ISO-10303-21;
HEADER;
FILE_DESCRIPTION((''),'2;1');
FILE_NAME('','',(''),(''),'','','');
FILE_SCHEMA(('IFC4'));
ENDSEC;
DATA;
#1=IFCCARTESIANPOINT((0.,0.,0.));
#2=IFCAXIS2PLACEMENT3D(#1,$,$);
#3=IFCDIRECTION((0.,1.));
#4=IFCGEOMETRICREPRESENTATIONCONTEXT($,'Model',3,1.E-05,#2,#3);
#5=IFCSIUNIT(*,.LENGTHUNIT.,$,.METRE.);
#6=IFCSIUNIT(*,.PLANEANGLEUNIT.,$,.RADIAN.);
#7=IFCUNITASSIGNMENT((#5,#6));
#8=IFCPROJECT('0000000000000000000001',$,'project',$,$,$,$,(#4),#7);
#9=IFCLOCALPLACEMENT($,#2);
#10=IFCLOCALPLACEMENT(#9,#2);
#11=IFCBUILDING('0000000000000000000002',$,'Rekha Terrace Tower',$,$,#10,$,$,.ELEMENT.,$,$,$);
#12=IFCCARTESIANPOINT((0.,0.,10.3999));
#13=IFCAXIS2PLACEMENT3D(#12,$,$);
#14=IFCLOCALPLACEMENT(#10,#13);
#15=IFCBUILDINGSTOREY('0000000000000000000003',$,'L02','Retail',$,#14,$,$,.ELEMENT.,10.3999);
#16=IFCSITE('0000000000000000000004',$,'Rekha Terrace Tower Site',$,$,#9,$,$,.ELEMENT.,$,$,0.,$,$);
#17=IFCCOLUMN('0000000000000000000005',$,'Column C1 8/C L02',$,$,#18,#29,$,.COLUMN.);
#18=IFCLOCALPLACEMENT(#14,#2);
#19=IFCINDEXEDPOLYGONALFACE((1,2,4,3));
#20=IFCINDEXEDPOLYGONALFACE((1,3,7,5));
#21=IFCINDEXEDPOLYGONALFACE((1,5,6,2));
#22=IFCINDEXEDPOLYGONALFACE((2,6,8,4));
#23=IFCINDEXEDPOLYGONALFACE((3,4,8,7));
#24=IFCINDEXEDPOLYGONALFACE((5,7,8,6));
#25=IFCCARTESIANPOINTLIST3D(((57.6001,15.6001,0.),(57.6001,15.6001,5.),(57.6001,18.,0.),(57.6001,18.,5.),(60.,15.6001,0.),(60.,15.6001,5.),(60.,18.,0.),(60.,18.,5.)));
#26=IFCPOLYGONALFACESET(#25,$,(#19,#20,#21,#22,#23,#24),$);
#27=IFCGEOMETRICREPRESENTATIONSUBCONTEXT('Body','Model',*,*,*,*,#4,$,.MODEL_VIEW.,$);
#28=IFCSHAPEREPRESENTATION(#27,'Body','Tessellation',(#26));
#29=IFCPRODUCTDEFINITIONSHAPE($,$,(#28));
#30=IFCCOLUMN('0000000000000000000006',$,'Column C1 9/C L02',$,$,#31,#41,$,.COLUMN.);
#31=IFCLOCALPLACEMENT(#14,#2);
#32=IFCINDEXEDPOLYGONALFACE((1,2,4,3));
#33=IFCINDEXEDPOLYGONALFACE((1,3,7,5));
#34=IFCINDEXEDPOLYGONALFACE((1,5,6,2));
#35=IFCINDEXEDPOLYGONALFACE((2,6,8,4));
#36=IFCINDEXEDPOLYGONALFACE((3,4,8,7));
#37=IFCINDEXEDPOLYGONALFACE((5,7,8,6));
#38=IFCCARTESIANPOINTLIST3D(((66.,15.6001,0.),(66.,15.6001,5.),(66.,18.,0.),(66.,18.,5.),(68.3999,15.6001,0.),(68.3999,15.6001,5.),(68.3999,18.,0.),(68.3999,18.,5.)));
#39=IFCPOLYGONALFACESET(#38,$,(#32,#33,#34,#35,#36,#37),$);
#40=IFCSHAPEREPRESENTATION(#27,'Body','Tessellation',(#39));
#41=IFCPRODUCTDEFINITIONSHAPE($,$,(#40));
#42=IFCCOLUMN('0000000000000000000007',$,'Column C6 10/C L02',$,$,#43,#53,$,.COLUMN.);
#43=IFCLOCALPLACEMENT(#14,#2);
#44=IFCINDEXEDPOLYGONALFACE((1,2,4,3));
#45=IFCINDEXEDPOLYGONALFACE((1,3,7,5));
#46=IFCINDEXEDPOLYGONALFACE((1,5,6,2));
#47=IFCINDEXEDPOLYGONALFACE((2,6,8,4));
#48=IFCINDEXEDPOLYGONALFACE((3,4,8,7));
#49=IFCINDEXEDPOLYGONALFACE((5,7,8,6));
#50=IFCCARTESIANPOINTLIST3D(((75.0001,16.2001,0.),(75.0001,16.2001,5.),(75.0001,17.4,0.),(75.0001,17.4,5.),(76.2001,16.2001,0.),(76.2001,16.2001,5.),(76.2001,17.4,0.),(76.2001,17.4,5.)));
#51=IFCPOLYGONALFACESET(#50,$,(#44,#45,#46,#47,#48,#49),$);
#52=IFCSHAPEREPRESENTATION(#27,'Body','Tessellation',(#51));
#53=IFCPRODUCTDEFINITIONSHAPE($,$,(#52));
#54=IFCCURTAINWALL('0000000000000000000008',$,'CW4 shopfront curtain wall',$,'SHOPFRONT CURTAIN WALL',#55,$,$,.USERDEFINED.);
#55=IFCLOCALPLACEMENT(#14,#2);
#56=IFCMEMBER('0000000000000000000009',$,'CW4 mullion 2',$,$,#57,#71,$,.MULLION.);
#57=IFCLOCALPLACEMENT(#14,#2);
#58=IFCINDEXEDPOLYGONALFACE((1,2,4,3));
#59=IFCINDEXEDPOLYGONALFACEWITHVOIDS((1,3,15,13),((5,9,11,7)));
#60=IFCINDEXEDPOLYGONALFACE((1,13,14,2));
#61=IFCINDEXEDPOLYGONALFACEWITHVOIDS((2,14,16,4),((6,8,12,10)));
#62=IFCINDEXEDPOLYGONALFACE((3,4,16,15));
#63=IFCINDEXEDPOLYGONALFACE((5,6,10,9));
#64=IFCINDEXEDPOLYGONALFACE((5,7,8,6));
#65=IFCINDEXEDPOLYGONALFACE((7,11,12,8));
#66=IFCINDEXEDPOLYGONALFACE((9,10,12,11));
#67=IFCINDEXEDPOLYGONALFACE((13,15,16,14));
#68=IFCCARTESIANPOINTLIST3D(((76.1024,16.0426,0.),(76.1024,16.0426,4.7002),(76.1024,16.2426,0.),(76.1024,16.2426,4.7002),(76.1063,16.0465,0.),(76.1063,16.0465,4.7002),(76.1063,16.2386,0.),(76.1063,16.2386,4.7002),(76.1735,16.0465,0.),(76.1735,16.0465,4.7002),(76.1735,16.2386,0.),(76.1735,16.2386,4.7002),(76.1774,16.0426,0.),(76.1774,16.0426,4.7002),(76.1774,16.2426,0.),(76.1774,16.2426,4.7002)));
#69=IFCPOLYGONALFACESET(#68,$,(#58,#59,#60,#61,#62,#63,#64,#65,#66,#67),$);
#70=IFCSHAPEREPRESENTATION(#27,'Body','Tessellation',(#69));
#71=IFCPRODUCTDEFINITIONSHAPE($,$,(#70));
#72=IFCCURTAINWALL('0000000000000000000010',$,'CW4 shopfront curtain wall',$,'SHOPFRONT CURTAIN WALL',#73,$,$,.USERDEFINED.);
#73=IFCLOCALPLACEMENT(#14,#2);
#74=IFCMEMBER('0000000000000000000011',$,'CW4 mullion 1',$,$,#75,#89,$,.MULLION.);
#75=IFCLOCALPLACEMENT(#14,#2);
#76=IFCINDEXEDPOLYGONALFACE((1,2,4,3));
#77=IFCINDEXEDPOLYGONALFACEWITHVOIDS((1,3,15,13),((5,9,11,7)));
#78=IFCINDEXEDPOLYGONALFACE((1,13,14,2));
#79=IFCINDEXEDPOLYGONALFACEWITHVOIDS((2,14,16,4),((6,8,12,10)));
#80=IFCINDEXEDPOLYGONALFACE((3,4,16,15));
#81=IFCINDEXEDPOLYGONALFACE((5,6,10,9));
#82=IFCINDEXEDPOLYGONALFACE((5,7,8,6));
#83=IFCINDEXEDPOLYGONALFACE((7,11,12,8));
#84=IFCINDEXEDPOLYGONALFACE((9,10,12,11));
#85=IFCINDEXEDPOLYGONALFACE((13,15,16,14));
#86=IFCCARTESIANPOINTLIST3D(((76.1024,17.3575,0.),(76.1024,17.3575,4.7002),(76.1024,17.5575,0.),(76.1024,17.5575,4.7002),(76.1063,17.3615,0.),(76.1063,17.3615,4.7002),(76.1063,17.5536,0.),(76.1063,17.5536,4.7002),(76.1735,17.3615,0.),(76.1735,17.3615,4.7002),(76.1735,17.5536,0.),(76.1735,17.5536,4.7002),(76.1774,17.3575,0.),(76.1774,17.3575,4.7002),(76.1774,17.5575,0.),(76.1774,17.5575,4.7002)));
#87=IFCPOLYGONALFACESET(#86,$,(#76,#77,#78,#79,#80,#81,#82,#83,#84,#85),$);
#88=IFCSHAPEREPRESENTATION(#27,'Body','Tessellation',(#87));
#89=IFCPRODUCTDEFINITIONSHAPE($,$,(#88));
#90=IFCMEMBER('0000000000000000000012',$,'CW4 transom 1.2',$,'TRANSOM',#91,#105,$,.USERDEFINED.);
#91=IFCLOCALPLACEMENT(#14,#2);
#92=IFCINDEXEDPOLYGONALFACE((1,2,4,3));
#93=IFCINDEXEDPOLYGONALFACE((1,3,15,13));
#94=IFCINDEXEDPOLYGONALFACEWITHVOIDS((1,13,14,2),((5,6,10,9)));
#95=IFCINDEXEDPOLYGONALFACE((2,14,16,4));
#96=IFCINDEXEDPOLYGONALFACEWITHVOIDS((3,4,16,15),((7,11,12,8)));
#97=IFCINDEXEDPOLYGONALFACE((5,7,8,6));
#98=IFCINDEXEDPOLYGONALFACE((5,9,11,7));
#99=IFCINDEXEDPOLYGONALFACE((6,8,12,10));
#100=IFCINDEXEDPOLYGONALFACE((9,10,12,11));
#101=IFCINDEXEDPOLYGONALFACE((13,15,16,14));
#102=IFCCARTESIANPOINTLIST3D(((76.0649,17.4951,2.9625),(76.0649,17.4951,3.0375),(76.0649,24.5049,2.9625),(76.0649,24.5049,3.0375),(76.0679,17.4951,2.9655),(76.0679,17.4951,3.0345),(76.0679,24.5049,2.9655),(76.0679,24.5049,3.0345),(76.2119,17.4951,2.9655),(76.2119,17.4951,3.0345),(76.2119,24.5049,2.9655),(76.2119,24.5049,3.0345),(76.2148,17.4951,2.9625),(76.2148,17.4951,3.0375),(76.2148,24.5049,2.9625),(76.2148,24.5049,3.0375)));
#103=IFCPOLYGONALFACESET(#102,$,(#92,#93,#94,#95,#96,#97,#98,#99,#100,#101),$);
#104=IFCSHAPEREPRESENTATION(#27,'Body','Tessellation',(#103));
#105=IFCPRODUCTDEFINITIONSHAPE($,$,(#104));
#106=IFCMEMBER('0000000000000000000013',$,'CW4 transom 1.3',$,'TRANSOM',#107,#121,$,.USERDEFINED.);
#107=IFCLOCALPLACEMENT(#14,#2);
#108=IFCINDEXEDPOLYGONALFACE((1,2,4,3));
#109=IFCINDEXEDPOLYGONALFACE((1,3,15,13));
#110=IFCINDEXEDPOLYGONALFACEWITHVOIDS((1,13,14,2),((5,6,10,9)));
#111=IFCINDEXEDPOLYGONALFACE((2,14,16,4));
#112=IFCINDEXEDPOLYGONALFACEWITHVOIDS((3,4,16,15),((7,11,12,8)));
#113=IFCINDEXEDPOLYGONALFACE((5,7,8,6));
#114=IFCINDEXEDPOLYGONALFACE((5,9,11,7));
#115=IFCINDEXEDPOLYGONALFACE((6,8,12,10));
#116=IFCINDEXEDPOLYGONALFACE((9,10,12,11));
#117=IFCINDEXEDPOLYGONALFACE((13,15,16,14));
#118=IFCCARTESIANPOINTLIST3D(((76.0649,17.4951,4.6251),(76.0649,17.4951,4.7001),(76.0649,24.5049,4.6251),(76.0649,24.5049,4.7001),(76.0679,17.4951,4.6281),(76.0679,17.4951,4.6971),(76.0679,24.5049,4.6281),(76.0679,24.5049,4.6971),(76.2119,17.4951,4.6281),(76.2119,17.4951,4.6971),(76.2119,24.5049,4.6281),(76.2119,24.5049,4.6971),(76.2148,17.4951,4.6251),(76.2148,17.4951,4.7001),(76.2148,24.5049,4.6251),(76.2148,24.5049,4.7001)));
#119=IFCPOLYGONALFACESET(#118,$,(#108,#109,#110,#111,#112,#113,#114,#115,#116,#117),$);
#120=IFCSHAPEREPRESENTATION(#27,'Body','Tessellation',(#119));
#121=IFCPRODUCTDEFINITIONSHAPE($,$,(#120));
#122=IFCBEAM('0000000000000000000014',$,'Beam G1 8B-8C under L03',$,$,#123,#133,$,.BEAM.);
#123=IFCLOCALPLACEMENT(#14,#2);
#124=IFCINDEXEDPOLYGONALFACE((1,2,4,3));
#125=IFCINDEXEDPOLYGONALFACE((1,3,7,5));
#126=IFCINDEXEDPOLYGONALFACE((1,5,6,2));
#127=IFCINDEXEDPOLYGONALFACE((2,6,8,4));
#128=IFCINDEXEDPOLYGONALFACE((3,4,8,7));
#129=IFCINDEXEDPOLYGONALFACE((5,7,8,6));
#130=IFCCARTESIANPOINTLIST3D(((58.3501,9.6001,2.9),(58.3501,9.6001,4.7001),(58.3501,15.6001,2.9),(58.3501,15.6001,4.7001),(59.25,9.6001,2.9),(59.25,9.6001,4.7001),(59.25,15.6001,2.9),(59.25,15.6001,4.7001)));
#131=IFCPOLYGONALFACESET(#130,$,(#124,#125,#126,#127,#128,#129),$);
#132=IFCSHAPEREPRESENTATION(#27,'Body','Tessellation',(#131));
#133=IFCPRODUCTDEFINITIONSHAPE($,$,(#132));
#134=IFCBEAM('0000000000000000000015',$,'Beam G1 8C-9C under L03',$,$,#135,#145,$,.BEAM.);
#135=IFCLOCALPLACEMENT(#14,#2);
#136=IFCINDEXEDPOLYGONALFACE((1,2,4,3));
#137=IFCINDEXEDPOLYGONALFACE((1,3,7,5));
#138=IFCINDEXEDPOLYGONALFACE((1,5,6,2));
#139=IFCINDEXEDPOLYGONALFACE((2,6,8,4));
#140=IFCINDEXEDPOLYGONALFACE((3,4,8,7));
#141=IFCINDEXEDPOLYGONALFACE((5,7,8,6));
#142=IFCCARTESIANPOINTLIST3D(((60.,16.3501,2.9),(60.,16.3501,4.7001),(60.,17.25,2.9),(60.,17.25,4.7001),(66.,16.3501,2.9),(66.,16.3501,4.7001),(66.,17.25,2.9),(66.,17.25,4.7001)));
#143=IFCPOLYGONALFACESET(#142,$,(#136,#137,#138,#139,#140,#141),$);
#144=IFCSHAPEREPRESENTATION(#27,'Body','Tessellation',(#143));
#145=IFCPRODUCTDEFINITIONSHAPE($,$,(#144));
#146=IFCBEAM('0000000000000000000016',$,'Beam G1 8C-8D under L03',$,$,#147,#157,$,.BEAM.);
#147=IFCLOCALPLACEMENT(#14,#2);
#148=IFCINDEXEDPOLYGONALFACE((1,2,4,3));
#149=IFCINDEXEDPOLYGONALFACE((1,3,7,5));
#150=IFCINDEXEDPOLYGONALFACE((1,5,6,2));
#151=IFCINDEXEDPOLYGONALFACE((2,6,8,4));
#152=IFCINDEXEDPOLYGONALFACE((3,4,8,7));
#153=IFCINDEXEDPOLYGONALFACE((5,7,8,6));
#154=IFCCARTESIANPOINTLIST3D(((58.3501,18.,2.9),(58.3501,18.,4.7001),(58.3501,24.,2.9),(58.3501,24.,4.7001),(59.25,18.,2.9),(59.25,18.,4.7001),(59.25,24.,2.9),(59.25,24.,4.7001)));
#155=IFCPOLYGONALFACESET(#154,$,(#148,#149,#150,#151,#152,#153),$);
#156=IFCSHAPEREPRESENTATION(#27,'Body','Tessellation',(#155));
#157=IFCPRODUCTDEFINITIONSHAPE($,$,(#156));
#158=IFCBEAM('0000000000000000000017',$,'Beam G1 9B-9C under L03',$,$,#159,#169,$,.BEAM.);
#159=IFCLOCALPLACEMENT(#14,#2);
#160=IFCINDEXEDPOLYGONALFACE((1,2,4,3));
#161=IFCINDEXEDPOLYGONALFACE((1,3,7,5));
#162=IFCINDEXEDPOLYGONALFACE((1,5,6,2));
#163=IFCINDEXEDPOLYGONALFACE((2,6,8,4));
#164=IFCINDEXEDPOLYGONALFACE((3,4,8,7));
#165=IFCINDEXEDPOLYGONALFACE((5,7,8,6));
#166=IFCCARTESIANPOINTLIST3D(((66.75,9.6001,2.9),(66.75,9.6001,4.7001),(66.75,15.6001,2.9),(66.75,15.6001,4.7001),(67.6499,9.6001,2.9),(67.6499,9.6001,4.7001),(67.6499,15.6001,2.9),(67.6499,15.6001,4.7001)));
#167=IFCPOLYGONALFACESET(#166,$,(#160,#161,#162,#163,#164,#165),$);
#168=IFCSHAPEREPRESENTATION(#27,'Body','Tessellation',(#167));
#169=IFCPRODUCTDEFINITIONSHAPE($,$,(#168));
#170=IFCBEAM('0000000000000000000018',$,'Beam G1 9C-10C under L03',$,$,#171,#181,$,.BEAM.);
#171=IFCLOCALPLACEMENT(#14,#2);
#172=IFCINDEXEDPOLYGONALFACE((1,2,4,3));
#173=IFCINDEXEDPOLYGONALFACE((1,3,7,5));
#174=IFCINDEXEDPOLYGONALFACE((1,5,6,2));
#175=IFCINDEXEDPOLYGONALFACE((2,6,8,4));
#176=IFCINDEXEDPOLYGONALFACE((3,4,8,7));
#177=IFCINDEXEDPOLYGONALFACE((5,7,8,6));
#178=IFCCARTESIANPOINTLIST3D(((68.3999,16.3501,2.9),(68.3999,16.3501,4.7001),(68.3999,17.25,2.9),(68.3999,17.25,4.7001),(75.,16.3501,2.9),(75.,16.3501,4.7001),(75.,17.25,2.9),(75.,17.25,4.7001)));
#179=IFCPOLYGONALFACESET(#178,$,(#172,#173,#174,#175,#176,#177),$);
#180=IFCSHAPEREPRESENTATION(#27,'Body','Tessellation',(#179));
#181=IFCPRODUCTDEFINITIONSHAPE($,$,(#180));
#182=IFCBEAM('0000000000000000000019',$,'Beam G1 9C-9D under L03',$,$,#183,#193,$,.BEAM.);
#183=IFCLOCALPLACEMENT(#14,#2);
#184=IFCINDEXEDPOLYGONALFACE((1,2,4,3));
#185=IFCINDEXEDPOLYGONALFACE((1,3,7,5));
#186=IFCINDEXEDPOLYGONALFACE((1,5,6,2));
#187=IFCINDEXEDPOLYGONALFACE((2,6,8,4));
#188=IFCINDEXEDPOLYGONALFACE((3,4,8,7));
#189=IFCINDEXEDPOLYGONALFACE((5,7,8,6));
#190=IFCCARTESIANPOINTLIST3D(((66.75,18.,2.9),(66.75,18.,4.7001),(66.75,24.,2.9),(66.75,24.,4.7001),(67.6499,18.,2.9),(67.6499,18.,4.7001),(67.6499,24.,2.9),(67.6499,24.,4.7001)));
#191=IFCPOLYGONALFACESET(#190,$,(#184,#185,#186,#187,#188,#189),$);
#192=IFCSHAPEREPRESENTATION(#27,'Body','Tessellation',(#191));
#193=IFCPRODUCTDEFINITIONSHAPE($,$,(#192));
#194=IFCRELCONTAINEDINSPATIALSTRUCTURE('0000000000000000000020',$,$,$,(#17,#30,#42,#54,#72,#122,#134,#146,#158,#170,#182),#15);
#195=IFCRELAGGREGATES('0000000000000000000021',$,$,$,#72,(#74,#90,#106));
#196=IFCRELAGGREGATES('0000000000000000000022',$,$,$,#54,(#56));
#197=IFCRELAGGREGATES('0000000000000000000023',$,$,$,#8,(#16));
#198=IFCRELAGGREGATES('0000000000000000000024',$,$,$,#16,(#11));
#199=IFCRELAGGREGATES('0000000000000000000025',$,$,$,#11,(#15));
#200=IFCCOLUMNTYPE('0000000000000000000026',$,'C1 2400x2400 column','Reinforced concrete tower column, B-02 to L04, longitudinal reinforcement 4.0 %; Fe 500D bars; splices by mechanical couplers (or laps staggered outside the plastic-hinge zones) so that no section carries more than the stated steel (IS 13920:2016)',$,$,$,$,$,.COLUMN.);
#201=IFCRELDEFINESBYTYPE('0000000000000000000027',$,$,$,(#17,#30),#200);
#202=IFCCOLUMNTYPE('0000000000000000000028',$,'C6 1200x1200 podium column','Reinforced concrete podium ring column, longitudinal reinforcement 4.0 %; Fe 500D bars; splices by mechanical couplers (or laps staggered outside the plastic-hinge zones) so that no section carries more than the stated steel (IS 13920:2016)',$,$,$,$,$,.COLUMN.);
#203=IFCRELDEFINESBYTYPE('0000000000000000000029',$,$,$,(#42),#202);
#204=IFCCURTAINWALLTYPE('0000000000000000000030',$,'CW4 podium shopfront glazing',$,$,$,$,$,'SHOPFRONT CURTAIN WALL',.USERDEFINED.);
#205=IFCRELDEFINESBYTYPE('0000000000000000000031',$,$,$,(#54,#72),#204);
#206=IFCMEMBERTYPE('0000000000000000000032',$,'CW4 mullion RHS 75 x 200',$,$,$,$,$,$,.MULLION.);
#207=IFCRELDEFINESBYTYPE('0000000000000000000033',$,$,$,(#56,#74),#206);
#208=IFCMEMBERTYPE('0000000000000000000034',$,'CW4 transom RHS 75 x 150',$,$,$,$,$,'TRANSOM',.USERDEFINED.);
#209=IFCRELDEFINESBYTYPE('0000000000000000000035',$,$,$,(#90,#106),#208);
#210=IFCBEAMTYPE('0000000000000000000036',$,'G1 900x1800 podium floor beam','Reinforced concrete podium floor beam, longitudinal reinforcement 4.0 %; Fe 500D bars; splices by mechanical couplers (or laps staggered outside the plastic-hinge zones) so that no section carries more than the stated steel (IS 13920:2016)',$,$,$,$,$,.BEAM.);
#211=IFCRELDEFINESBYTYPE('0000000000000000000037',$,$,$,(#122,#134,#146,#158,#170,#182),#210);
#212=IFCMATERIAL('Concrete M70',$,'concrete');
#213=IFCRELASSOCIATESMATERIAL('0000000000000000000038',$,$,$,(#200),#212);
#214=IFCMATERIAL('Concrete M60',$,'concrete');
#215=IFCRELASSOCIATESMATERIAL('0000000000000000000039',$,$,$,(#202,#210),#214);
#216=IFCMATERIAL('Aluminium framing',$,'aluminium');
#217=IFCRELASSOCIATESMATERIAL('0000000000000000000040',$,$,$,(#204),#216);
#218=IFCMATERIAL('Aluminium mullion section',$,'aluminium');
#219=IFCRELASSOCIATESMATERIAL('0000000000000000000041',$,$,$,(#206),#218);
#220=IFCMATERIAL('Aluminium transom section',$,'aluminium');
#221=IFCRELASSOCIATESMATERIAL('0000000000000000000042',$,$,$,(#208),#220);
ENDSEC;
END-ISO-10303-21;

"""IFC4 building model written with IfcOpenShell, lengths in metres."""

from ifc_helpers import new_model, si_unit, direction, frame, origin, origin_2d, place, context, subcontext, project, spatial, rectangle, hollow_rectangle, extrude, material, material_profile, profile_set, type_object, element, aggregate, save


model = new_model("IFC4")

# Units and contexts
model_context = context("Model", 3, precision=1e-05, world=origin(), true_north=direction((0.0, 1.0)))
body_context = subcontext(model_context, "Body", "Model", "MODEL_VIEW")
ifc_project = project(units=[si_unit("LENGTHUNIT", "METRE"), si_unit("PLANEANGLEUNIT", "RADIAN")], contexts=[model_context])

# Site, building, storey
site_placement = place(None, origin())
site = spatial("IfcSite", under=ifc_project, at=site_placement, Name="Rekha Terrace Tower Site", CompositionType="ELEMENT", RefElevation=0.0)
building_placement = place(site_placement, origin())
building = spatial("IfcBuilding", under=site, at=building_placement, Name="Rekha Terrace Tower", CompositionType="ELEMENT")
storey_placement = place(building_placement, frame((0.0, 0.0, 10.3999)))
storey = spatial("IfcBuildingStorey", under=building, at=storey_placement, Name="L02", Description="Retail", CompositionType="ELEMENT", Elevation=10.3999)

# Columns
ifc_material_1 = material(Name="Concrete M70", Category="concrete")
ifc_material_profile_1 = material_profile(ifc_material_1, rectangle(XDim=2.3999, YDim=2.3999, at=origin_2d()), Name="RC 2400x2400")
ifc_profile_set_1 = profile_set([ifc_material_profile_1], Name="Concrete M70")
column_type_1 = type_object("IfcColumnType", Name="C1 2400x2400 column", Description="Reinforced concrete tower column, B-02 to L04, longitudinal reinforcement 4.0 %; Fe 500D bars; splices by mechanical couplers (or laps staggered outside the plastic-hinge zones) so that no section carries more than the stated steel (IS 13920:2016)", PredefinedType="COLUMN", material=ifc_profile_set_1)
for number, where, z_axis, x_axis, name in (
    (1, (58.8, 16.8, 0.0), (0.0, 0.0, 1.0), (1.0, 0.0, 0.0), "Column C1 8/C L02"),
    (2, (67.2, 16.8, 0.0), (0.0, 0.0, 1.0), (1.0, 0.0, 0.0), "Column C1 9/C L02"),
):
    element("IfcColumn", number, at=place(storey_placement, frame(where, z_axis=z_axis, x_axis=x_axis)), inside=storey, type_object=column_type_1, Name=name, PredefinedType="COLUMN", context=body_context, shape_type="SweptSolid", body=[
        extrude(rectangle(XDim=2.3999, YDim=2.3999, at=origin_2d()), origin(), (0.0, 0.0, 1.0), 5.0),
    ])
ifc_material_2 = material(Name="Concrete M60", Category="concrete")
ifc_material_profile_2 = material_profile(ifc_material_2, rectangle(XDim=1.2, YDim=1.2, at=origin_2d()), Name="RC 1200x1200")
ifc_profile_set_2 = profile_set([ifc_material_profile_2], Name="Concrete M60")
column_type_2 = type_object("IfcColumnType", Name="C6 1200x1200 podium column", Description="Reinforced concrete podium ring column, longitudinal reinforcement 4.0 %; Fe 500D bars; splices by mechanical couplers (or laps staggered outside the plastic-hinge zones) so that no section carries more than the stated steel (IS 13920:2016)", PredefinedType="COLUMN", material=ifc_profile_set_2)
column_placement = place(storey_placement, frame((75.6001, 16.8, 0.0), z_axis=(0.0, 0.0, 1.0), x_axis=(1.0, 0.0, 0.0)))
element("IfcColumn", 3, at=column_placement, inside=storey, type_object=column_type_2, Name="Column C6 10/C L02", PredefinedType="COLUMN", context=body_context, shape_type="SweptSolid", body=[
    extrude(rectangle(XDim=1.2, YDim=1.2, at=origin_2d()), origin(), (0.0, 0.0, 1.0), 5.0),
])

# Curtain wall, member
ifc_material_3 = material(Name="Aluminium framing", Category="aluminium")
curtain_wall_type = type_object("IfcCurtainWallType", Name="CW4 podium shopfront glazing", ElementType="SHOPFRONT CURTAIN WALL", PredefinedType="USERDEFINED", material=ifc_material_3)
curtain_wall_1_placement = place(storey_placement, origin())
curtain_wall_1 = element("IfcCurtainWall", 4, at=curtain_wall_1_placement, inside=storey, type_object=curtain_wall_type, Name="CW4 shopfront curtain wall", ObjectType="SHOPFRONT CURTAIN WALL", PredefinedType="USERDEFINED")
ifc_material_4 = material(Name="Aluminium mullion section", Category="aluminium")
ifc_material_profile_3 = material_profile(ifc_material_4, hollow_rectangle(XDim=0.075, YDim=0.2, WallThickness=0.0039, at=origin_2d()), Name="AL RHS 75x200")
ifc_profile_set_3 = profile_set([ifc_material_profile_3], Name="Aluminium mullion section")
member_type_1 = type_object("IfcMemberType", Name="CW4 mullion RHS 75 x 200", PredefinedType="MULLION", material=ifc_profile_set_3)
member_1_placement = place(storey_placement, frame((76.1399, 16.1426, 0.0), z_axis=(0.0, 0.0, 1.0), x_axis=(-1.0, 0.0, 0.0)))
member_1 = element("IfcMember", 5, at=member_1_placement, type_object=member_type_1, Name="CW4 mullion 2", PredefinedType="MULLION", context=body_context, shape_type="SweptSolid", body=[
    extrude(hollow_rectangle(XDim=0.075, YDim=0.2, WallThickness=0.0039, at=origin_2d()), origin(), (0.0, 0.0, 1.0), 4.7002),
])

# Curtain wall, members
curtain_wall_2_placement = place(storey_placement, origin())
curtain_wall_2 = element("IfcCurtainWall", 6, at=curtain_wall_2_placement, inside=storey, type_object=curtain_wall_type, Name="CW4 shopfront curtain wall", ObjectType="SHOPFRONT CURTAIN WALL", PredefinedType="USERDEFINED")
member_2_placement = place(storey_placement, frame((76.1399, 17.4575, 0.0), z_axis=(0.0, 0.0, 1.0), x_axis=(-1.0, 0.0, 0.0)))
member_2 = element("IfcMember", 7, at=member_2_placement, type_object=member_type_1, Name="CW4 mullion 1", PredefinedType="MULLION", context=body_context, shape_type="SweptSolid", body=[
    extrude(hollow_rectangle(XDim=0.075, YDim=0.2, WallThickness=0.0039, at=origin_2d()), origin(), (0.0, 0.0, 1.0), 4.7002),
])
ifc_material_5 = material(Name="Aluminium transom section", Category="aluminium")
ifc_material_profile_4 = material_profile(ifc_material_5, hollow_rectangle(XDim=0.1499, YDim=0.075, WallThickness=0.0029, at=origin_2d()), Name="AL RHS 150x75")
ifc_profile_set_4 = profile_set([ifc_material_profile_4], Name="Aluminium transom section")
member_type_2 = type_object("IfcMemberType", Name="CW4 transom RHS 75 x 150", ElementType="TRANSOM", PredefinedType="USERDEFINED", material=ifc_profile_set_4)
member_3_placement = place(storey_placement, frame((76.1399, 17.4951, 3.0), z_axis=(0.0, 1.0, 0.0), x_axis=(-1.0, 0.0, 0.0)))
member_3 = element("IfcMember", 8, at=member_3_placement, type_object=member_type_2, Name="CW4 transom 1.2", ObjectType="TRANSOM", PredefinedType="USERDEFINED", context=body_context, shape_type="SweptSolid", body=[
    extrude(hollow_rectangle(XDim=0.1499, YDim=0.075, WallThickness=0.0029, at=origin_2d()), origin(), (0.0, 0.0, 1.0), 7.0098),
])
member_4_placement = place(storey_placement, frame((76.1399, 17.4951, 4.6626), z_axis=(0.0, 1.0, 0.0), x_axis=(-1.0, 0.0, 0.0)))
member_4 = element("IfcMember", 9, at=member_4_placement, type_object=member_type_2, Name="CW4 transom 1.3", ObjectType="TRANSOM", PredefinedType="USERDEFINED", context=body_context, shape_type="SweptSolid", body=[
    extrude(hollow_rectangle(XDim=0.1499, YDim=0.075, WallThickness=0.0029, at=origin_2d()), origin(), (0.0, 0.0, 1.0), 7.0098),
])
aggregate(curtain_wall_2, [member_2, member_3, member_4])

# Beams
ifc_material_profile_5 = material_profile(ifc_material_2, rectangle(XDim=0.8999, YDim=1.8, at=origin_2d()), Name="RC 900x1800")
ifc_profile_set_5 = profile_set([ifc_material_profile_5], Name="Concrete M60")
beam_type = type_object("IfcBeamType", Name="G1 900x1800 podium floor beam", Description="Reinforced concrete podium floor beam, longitudinal reinforcement 4.0 %; Fe 500D bars; splices by mechanical couplers (or laps staggered outside the plastic-hinge zones) so that no section carries more than the stated steel (IS 13920:2016)", PredefinedType="BEAM", material=ifc_profile_set_5)
for number, where, z_axis, x_axis, name in (
    (10, (58.8, 9.6001, 3.8), (0.0, 1.0, 0.0), (-1.0, 0.0, 0.0), "Beam G1 8B-8C under L03"),
    (11, (60.0, 16.8, 3.8), (1.0, 0.0, 0.0), (0.0, 1.0, 0.0), "Beam G1 8C-9C under L03"),
    (12, (58.8, 18.0, 3.8), (0.0, 1.0, 0.0), (-1.0, 0.0, 0.0), "Beam G1 8C-8D under L03"),
    (13, (67.2, 9.6001, 3.8), (0.0, 1.0, 0.0), (-1.0, 0.0, 0.0), "Beam G1 9B-9C under L03"),
):
    element("IfcBeam", number, at=place(storey_placement, frame(where, z_axis=z_axis, x_axis=x_axis)), inside=storey, type_object=beam_type, Name=name, PredefinedType="BEAM", context=body_context, shape_type="SweptSolid", body=[
        extrude(rectangle(XDim=0.8999, YDim=1.8, at=origin_2d()), origin(), (0.0, 0.0, 1.0), 6.0),
    ])
beam_1_placement = place(storey_placement, frame((68.3999, 16.8, 3.8), z_axis=(1.0, 0.0, 0.0), x_axis=(0.0, 1.0, 0.0)))
element("IfcBeam", 14, at=beam_1_placement, inside=storey, type_object=beam_type, Name="Beam G1 9C-10C under L03", PredefinedType="BEAM", context=body_context, shape_type="SweptSolid", body=[
    extrude(rectangle(XDim=0.8999, YDim=1.8, at=origin_2d()), origin(), (0.0, 0.0, 1.0), 6.6001),
])
beam_2_placement = place(storey_placement, frame((67.2, 18.0, 3.8), z_axis=(0.0, 1.0, 0.0), x_axis=(-1.0, 0.0, 0.0)))
element("IfcBeam", 15, at=beam_2_placement, inside=storey, type_object=beam_type, Name="Beam G1 9C-9D under L03", PredefinedType="BEAM", context=body_context, shape_type="SweptSolid", body=[
    extrude(rectangle(XDim=0.8999, YDim=1.8, at=origin_2d()), origin(), (0.0, 0.0, 1.0), 6.0),
])

aggregate(curtain_wall_1, [member_1])

save(model, "model.ifc")
